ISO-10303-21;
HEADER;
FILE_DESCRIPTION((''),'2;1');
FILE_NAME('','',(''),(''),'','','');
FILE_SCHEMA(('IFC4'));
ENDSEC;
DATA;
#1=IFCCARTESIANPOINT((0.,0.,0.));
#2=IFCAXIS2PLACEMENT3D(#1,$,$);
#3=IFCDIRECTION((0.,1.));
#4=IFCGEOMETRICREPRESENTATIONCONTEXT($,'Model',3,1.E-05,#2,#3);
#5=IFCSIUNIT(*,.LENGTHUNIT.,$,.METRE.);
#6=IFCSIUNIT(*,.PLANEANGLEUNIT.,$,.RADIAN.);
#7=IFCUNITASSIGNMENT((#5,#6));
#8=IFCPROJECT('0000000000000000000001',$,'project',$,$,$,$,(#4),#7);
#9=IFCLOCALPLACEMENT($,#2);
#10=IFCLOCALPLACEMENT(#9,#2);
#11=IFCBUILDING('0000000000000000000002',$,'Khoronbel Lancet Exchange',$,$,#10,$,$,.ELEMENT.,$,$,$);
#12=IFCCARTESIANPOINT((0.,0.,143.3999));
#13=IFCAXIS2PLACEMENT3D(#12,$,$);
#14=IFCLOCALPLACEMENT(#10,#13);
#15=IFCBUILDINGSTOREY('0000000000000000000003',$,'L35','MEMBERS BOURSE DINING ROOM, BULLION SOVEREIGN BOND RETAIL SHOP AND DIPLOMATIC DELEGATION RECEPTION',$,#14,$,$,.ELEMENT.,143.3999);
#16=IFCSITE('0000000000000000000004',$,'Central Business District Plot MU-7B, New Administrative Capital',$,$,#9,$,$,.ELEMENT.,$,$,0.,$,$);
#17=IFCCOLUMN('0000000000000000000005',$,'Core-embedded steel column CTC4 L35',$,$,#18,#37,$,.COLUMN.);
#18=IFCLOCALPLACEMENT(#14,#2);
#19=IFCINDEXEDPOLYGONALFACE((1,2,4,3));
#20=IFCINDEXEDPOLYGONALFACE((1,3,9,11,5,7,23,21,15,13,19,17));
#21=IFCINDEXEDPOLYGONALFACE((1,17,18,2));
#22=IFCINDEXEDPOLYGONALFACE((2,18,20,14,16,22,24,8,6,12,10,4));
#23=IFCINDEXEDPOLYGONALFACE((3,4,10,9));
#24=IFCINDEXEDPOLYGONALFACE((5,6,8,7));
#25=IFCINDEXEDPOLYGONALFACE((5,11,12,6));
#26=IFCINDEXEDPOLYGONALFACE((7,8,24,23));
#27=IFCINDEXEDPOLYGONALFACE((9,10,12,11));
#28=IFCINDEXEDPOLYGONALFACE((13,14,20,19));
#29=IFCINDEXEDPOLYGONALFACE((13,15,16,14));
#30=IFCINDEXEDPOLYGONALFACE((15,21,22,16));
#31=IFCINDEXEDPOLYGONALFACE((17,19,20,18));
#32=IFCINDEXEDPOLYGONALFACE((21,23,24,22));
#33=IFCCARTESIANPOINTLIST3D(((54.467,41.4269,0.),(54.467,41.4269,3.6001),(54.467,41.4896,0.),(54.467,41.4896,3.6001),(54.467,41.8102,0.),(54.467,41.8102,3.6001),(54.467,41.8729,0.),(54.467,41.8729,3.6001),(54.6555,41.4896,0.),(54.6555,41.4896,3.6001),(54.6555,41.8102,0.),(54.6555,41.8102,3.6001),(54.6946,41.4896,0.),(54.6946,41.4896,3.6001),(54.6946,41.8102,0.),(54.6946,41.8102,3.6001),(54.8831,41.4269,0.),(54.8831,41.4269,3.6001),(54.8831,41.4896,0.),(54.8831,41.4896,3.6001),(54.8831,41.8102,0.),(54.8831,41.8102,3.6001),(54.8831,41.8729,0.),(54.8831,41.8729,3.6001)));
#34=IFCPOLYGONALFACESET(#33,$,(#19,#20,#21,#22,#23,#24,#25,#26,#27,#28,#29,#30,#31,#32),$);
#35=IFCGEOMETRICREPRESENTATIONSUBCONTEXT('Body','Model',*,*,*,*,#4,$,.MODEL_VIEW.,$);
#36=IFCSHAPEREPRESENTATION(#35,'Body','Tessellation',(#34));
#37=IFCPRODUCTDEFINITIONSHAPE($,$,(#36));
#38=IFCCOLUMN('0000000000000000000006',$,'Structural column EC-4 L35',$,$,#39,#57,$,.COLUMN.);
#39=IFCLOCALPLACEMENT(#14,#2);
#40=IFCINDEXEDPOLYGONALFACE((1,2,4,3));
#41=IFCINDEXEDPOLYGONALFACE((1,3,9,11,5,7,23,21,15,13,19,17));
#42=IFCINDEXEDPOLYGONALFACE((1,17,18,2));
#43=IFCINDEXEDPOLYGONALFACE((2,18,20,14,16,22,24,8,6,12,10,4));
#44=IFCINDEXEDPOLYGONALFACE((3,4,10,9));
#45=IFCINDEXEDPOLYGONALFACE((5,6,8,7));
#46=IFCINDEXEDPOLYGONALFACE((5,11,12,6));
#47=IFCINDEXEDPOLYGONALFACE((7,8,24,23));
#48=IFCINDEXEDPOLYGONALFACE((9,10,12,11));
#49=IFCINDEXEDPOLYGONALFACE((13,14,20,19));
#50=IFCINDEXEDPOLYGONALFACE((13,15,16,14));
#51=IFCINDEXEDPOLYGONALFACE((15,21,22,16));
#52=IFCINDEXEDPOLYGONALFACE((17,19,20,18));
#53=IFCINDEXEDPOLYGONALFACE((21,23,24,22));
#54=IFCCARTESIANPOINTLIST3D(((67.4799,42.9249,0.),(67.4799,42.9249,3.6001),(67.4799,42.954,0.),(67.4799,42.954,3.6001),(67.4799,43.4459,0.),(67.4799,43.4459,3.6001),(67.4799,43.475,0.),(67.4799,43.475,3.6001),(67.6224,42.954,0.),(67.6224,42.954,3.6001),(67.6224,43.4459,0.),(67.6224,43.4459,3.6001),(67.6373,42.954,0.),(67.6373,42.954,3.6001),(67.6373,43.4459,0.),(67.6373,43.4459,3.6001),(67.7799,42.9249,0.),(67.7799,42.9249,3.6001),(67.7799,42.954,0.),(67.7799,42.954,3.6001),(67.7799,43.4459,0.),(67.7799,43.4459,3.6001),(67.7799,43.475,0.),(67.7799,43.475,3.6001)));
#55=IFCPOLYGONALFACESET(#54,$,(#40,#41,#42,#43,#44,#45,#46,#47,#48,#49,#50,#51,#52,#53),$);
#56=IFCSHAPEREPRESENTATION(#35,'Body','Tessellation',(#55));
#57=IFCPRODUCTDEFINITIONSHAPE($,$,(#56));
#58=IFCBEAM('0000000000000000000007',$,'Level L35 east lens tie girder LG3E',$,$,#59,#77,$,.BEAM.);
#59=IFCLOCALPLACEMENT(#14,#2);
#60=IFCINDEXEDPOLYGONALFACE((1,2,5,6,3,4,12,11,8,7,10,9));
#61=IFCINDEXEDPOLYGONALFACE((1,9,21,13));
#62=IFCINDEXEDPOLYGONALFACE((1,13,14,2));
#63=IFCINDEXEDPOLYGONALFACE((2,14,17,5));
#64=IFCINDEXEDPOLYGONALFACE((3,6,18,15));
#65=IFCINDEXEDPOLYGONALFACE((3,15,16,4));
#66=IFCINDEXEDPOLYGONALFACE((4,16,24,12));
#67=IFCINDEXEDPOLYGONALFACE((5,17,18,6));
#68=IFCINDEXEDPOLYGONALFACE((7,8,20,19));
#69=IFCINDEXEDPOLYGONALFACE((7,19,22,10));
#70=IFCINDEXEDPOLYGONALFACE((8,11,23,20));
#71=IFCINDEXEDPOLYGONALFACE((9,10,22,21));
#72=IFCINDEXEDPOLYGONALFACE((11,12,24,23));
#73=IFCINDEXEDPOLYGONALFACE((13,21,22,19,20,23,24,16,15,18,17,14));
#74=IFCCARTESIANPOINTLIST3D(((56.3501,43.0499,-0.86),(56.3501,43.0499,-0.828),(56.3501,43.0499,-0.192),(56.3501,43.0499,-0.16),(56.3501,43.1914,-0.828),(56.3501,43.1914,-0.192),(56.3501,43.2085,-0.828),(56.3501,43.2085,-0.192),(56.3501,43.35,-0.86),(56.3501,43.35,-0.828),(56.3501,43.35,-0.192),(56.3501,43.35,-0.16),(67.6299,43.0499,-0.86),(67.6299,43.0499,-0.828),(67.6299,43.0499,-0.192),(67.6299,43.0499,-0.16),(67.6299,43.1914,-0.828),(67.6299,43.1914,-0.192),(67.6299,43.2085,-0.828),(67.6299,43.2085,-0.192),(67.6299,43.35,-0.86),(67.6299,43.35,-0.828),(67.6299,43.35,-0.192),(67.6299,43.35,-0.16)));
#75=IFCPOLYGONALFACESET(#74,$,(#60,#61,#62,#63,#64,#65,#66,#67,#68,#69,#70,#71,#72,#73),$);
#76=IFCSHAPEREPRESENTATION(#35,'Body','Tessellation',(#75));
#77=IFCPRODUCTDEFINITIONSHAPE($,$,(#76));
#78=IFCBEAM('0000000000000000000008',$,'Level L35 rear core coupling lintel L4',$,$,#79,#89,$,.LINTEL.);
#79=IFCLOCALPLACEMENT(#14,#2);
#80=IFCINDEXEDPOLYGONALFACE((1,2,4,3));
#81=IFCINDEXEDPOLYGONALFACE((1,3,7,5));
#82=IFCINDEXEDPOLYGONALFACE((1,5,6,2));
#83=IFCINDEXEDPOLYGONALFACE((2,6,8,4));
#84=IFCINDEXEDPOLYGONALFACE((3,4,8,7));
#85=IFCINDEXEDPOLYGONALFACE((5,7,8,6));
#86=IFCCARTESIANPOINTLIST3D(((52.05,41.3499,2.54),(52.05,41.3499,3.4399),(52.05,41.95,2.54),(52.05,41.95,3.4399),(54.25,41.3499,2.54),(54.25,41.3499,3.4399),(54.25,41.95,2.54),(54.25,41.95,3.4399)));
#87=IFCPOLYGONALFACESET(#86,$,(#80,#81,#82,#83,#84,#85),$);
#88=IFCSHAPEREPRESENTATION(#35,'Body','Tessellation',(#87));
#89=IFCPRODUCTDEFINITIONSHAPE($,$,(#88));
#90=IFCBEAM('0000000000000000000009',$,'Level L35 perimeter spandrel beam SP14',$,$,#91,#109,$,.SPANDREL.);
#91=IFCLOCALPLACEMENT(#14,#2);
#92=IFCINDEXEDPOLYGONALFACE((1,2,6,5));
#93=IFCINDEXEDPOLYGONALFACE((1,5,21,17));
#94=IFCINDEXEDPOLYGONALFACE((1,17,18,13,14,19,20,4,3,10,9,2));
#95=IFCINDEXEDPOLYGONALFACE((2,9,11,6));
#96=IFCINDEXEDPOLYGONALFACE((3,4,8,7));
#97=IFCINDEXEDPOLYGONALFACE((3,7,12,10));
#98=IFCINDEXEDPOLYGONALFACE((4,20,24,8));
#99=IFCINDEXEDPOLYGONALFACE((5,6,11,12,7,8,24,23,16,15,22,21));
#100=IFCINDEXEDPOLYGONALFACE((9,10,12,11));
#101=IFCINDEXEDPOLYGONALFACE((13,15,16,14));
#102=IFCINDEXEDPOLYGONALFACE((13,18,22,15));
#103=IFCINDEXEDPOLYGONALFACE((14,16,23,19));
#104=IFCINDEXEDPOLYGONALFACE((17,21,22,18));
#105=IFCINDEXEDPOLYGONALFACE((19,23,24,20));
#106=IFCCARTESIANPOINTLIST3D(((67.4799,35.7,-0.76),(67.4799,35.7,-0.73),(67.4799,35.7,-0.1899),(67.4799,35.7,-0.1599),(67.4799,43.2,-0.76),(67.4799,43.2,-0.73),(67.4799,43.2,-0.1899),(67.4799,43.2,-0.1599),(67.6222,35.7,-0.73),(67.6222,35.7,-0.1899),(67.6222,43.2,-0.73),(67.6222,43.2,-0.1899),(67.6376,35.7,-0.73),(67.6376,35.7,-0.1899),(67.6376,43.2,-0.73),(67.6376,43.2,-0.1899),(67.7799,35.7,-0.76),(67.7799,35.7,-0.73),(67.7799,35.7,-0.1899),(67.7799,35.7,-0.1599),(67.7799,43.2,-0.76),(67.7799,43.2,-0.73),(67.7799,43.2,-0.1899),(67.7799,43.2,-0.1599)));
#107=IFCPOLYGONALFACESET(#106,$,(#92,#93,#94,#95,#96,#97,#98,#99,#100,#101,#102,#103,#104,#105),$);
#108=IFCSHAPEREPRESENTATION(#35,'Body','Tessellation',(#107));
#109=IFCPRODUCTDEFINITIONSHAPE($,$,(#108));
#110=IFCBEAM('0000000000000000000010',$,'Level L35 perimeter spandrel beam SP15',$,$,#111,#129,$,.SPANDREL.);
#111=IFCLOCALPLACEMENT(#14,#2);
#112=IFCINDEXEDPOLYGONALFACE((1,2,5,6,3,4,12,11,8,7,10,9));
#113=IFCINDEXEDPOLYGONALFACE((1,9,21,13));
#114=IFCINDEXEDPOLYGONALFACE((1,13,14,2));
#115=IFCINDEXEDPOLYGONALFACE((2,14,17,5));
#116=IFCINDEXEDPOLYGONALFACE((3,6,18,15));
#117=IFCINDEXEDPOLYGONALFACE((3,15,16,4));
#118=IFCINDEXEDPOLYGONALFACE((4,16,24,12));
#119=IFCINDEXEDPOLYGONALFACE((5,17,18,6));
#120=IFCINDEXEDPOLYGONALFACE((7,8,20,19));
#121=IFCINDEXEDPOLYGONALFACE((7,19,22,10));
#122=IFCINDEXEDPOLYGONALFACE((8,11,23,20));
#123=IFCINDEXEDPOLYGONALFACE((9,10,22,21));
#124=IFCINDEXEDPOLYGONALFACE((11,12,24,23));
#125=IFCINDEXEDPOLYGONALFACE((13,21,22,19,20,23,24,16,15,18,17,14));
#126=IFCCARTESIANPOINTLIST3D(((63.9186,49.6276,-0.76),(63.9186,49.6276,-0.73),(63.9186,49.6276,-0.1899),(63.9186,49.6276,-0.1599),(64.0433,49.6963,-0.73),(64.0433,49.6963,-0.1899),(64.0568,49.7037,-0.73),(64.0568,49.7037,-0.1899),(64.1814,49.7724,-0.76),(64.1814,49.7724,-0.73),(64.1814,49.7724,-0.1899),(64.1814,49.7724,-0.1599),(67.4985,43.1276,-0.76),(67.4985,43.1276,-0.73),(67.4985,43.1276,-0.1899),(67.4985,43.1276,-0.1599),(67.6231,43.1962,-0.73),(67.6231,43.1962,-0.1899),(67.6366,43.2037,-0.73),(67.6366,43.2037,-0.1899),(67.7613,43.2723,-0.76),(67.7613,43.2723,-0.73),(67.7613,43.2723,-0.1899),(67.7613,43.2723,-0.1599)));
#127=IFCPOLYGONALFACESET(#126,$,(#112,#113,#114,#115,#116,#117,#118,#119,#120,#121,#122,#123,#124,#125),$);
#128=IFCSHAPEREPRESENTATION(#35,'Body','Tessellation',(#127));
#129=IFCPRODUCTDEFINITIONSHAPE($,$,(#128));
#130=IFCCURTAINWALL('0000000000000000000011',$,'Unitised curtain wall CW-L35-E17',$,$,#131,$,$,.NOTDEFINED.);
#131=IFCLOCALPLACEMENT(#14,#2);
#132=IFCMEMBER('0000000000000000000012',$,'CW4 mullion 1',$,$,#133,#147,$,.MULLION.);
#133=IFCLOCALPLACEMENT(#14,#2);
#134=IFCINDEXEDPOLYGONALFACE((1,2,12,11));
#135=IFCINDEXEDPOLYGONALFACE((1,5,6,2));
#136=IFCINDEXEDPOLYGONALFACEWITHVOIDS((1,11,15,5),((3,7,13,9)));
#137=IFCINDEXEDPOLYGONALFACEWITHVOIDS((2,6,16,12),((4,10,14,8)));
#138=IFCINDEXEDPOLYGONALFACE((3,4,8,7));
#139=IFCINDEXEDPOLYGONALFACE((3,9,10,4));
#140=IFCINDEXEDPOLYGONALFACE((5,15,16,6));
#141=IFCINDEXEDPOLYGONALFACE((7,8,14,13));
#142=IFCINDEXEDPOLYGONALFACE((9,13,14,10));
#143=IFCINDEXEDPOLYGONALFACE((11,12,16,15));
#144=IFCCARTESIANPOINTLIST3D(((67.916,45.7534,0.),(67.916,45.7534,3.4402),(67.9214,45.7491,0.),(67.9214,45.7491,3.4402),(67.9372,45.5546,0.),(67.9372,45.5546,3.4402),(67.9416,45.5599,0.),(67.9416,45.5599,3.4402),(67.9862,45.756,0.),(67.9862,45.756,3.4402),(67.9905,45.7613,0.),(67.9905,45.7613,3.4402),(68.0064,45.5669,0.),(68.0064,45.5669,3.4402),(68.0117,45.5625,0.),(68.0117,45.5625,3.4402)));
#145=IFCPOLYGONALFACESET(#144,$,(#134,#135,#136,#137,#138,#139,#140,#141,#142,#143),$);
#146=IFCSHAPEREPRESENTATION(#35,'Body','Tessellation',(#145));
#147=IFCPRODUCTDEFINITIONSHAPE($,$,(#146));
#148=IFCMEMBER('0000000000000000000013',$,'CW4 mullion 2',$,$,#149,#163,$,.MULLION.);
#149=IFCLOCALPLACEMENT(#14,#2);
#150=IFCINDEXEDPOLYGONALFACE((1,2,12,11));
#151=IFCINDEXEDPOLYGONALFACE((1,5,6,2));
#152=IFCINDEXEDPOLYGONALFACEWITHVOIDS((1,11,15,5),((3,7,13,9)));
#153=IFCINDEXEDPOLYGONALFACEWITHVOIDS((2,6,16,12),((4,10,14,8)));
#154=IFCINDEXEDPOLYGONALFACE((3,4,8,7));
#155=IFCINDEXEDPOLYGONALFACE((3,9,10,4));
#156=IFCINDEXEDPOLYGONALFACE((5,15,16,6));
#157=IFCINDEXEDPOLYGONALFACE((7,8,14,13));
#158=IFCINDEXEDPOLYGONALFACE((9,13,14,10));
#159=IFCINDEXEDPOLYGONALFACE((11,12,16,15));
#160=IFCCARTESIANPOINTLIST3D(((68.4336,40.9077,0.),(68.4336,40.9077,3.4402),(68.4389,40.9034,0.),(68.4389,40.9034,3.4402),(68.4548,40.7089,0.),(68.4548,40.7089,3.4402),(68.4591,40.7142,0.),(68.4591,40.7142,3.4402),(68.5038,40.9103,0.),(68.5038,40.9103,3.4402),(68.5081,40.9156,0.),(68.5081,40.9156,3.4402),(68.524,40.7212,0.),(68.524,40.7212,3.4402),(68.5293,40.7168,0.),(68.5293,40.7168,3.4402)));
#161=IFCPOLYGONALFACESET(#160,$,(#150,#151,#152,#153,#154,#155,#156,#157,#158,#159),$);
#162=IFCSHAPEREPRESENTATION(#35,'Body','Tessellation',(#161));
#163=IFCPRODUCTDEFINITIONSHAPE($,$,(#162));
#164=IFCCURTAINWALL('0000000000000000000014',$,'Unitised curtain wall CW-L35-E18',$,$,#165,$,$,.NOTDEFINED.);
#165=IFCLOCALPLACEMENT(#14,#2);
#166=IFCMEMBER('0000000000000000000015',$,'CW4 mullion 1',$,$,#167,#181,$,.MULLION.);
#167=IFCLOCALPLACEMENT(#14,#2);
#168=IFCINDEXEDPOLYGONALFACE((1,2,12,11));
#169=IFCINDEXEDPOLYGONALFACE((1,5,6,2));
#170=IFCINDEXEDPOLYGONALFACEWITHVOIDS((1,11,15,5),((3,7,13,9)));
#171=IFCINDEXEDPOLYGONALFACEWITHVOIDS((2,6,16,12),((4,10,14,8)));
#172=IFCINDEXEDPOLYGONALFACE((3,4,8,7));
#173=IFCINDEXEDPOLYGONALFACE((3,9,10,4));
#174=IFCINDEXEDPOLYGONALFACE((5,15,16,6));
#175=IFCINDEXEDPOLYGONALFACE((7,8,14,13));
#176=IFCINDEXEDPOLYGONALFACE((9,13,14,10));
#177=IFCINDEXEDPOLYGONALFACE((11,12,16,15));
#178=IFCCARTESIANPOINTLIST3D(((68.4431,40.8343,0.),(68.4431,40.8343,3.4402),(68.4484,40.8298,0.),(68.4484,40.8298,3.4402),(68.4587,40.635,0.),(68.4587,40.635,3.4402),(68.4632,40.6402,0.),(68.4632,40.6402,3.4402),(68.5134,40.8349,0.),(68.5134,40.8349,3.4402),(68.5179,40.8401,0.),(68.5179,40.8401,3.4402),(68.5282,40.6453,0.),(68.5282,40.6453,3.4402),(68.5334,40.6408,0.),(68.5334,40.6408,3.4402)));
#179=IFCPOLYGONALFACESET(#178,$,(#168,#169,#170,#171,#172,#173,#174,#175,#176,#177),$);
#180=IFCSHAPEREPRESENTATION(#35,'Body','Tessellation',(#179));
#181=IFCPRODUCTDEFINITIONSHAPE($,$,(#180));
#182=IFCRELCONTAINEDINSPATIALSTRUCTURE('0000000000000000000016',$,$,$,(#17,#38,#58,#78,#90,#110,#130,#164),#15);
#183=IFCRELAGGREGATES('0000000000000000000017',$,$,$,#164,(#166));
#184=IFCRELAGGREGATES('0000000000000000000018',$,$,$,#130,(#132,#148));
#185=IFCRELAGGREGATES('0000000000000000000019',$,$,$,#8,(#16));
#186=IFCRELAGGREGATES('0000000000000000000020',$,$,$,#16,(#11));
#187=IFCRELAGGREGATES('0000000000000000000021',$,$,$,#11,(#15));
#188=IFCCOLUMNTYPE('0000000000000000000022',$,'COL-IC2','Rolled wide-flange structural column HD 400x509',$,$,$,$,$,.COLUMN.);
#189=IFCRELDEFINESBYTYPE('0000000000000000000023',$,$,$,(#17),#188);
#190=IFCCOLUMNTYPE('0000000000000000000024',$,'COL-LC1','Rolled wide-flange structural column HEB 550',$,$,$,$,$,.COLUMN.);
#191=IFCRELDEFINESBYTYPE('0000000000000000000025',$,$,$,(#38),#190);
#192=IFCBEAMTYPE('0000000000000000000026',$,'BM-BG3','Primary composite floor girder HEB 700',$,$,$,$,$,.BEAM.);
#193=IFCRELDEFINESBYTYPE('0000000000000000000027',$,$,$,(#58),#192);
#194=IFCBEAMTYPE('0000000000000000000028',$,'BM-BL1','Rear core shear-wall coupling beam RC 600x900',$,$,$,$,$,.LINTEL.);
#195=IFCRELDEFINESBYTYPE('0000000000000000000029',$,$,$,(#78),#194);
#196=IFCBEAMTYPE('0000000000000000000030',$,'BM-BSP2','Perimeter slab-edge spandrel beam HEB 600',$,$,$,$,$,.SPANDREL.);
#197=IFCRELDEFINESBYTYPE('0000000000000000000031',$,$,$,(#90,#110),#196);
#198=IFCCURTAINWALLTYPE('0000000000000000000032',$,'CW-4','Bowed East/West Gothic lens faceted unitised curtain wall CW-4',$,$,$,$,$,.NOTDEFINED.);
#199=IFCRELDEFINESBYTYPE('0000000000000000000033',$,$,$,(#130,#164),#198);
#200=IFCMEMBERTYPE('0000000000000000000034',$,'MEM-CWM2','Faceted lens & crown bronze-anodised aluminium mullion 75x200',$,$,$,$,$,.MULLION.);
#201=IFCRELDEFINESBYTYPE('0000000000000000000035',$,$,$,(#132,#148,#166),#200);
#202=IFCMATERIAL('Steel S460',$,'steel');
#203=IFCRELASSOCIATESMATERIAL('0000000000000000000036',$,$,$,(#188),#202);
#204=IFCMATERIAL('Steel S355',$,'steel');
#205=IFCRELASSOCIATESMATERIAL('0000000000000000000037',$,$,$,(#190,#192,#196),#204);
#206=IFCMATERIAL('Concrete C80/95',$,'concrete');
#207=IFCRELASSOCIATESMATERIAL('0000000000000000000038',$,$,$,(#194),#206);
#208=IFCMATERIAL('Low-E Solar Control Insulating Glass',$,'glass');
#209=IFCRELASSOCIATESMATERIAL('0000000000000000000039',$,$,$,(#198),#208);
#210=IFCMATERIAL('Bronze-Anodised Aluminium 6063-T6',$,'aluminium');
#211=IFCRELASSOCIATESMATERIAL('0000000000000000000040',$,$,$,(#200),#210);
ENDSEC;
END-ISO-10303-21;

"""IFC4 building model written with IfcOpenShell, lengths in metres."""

from ifc_helpers import new_model, si_unit, direction, frame, origin, origin_2d, place, context, subcontext, project, spatial, rectangle, hollow_rectangle, i_section, extrude, material, material_profile, profile_set, type_object, element, aggregate, save


model = new_model("IFC4")

# Units and contexts
model_context = context("Model", 3, precision=1e-05, world=origin(), true_north=direction((0.0, 1.0)))
body_context = subcontext(model_context, "Body", "Model", "MODEL_VIEW")
ifc_project = project(units=[si_unit("LENGTHUNIT", "METRE"), si_unit("PLANEANGLEUNIT", "RADIAN")], contexts=[model_context])

# Site, building, storey
site_placement = place(None, origin())
site = spatial("IfcSite", under=ifc_project, at=site_placement, Name="Central Business District Plot MU-7B, New Administrative Capital", CompositionType="ELEMENT", RefElevation=0.0)
building_placement = place(site_placement, origin())
building = spatial("IfcBuilding", under=site, at=building_placement, Name="Khoronbel Lancet Exchange", CompositionType="ELEMENT")
storey_placement = place(building_placement, frame((0.0, 0.0, 143.3999)))
storey = spatial("IfcBuildingStorey", under=building, at=storey_placement, Name="L35", Description="MEMBERS BOURSE DINING ROOM, BULLION SOVEREIGN BOND RETAIL SHOP AND DIPLOMATIC DELEGATION RECEPTION", CompositionType="ELEMENT", Elevation=143.3999)

# Columns
ifc_material_1 = material(Name="Steel S460", Category="steel")
ifc_material_profile_1 = material_profile(ifc_material_1, i_section(OverallWidth=0.416, OverallDepth=0.446, WebThickness=0.0391, FlangeThickness=0.0627, at=origin_2d()), Name="HD 400x509")
ifc_profile_set_1 = profile_set([ifc_material_profile_1], Name="Steel S460")
column_type_1 = type_object("IfcColumnType", Name="COL-IC2", Description="Rolled wide-flange structural column HD 400x509", PredefinedType="COLUMN", material=ifc_profile_set_1)
column_1_placement = place(storey_placement, frame((54.675, 41.6499, 0.0), z_axis=(0.0, 0.0, 1.0), x_axis=(1.0, 0.0, 0.0)))
element("IfcColumn", 1, at=column_1_placement, inside=storey, type_object=column_type_1, Name="Core-embedded steel column CTC4 L35", PredefinedType="COLUMN", context=body_context, shape_type="SweptSolid", body=[
    extrude(i_section(OverallWidth=0.416, OverallDepth=0.446, WebThickness=0.0391, FlangeThickness=0.0627, at=origin_2d()), origin(), (0.0, 0.0, 1.0), 3.6001),
])
ifc_material_2 = material(Name="Steel S355", Category="steel")
ifc_material_profile_2 = material_profile(ifc_material_2, i_section(OverallWidth=0.3, OverallDepth=0.55, WebThickness=0.0149, FlangeThickness=0.0291, at=origin_2d()), Name="HEB 550")
ifc_profile_set_2 = profile_set([ifc_material_profile_2], Name="Steel S355")
column_type_2 = type_object("IfcColumnType", Name="COL-LC1", Description="Rolled wide-flange structural column HEB 550", PredefinedType="COLUMN", material=ifc_profile_set_2)
column_2_placement = place(storey_placement, frame((67.6299, 43.2, 0.0), z_axis=(0.0, 0.0, 1.0), x_axis=(1.0, 0.0, 0.0)))
element("IfcColumn", 2, at=column_2_placement, inside=storey, type_object=column_type_2, Name="Structural column EC-4 L35", PredefinedType="COLUMN", context=body_context, shape_type="SweptSolid", body=[
    extrude(i_section(OverallWidth=0.3, OverallDepth=0.55, WebThickness=0.0149, FlangeThickness=0.0291, at=origin_2d()), origin(), (0.0, 0.0, 1.0), 3.6001),
])

# Beams
ifc_material_profile_3 = material_profile(ifc_material_2, i_section(OverallWidth=0.3, OverallDepth=0.7, WebThickness=0.0171, FlangeThickness=0.032, at=origin_2d()), Name="HEB 700")
ifc_profile_set_3 = profile_set([ifc_material_profile_3], Name="Steel S355")
beam_type_1 = type_object("IfcBeamType", Name="BM-BG3", Description="Primary composite floor girder HEB 700", PredefinedType="BEAM", material=ifc_profile_set_3)
beam_1_placement = place(storey_placement, frame((56.3501, 43.2, -0.51), z_axis=(1.0, 0.0, 0.0), x_axis=(0.0, 1.0, 0.0)))
element("IfcBeam", 3, at=beam_1_placement, inside=storey, type_object=beam_type_1, Name="Level L35 east lens tie girder LG3E", PredefinedType="BEAM", context=body_context, shape_type="SweptSolid", body=[
    extrude(i_section(OverallWidth=0.3, OverallDepth=0.7, WebThickness=0.0171, FlangeThickness=0.032, at=origin_2d()), origin(), (0.0, 0.0, 1.0), 11.2798),
])
ifc_material_3 = material(Name="Concrete C80/95", Category="concrete")
ifc_material_profile_4 = material_profile(ifc_material_3, rectangle(XDim=0.6001, YDim=0.8999, at=origin_2d()), Name="RC 600x900")
ifc_profile_set_4 = profile_set([ifc_material_profile_4], Name="Concrete C80/95")
beam_type_2 = type_object("IfcBeamType", Name="BM-BL1", Description="Rear core shear-wall coupling beam RC 600x900", PredefinedType="LINTEL", material=ifc_profile_set_4)
beam_2_placement = place(storey_placement, frame((52.05, 41.6499, 2.99), z_axis=(1.0, 0.0, 0.0), x_axis=(0.0, 1.0, 0.0)))
element("IfcBeam", 4, at=beam_2_placement, inside=storey, type_object=beam_type_2, Name="Level L35 rear core coupling lintel L4", PredefinedType="LINTEL", context=body_context, shape_type="SweptSolid", body=[
    extrude(rectangle(XDim=0.6001, YDim=0.8999, at=origin_2d()), origin(), (0.0, 0.0, 1.0), 2.2),
])
ifc_material_profile_5 = material_profile(ifc_material_2, i_section(OverallWidth=0.3, OverallDepth=0.6001, WebThickness=0.0154, FlangeThickness=0.03, at=origin_2d()), Name="HEB 600")
ifc_profile_set_5 = profile_set([ifc_material_profile_5], Name="Steel S355")
beam_type_3 = type_object("IfcBeamType", Name="BM-BSP2", Description="Perimeter slab-edge spandrel beam HEB 600", PredefinedType="SPANDREL", material=ifc_profile_set_5)
beam_3_placement = place(storey_placement, frame((67.6299, 35.7, -0.46), z_axis=(0.0, 1.0, 0.0), x_axis=(-1.0, 0.0, 0.0)))
element("IfcBeam", 5, at=beam_3_placement, inside=storey, type_object=beam_type_3, Name="Level L35 perimeter spandrel beam SP14", PredefinedType="SPANDREL", context=body_context, shape_type="SweptSolid", body=[
    extrude(i_section(OverallWidth=0.3, OverallDepth=0.6001, WebThickness=0.0154, FlangeThickness=0.03, at=origin_2d()), origin(), (0.0, 0.0, 1.0), 7.5),
])
beam_4_placement = place(storey_placement, frame((67.6299, 43.2, -0.46), z_axis=(-0.482419, 0.875941, 0.0), x_axis=(-0.875941, -0.482419, 0.0)))
element("IfcBeam", 6, at=beam_4_placement, inside=storey, type_object=beam_type_3, Name="Level L35 perimeter spandrel beam SP15", PredefinedType="SPANDREL", context=body_context, shape_type="SweptSolid", body=[
    extrude(i_section(OverallWidth=0.3, OverallDepth=0.6001, WebThickness=0.0154, FlangeThickness=0.03, at=origin_2d()), origin(), (0.0, 0.0, 1.0), 7.4207),
])

# Curtain walls, members
ifc_material_4 = material(Name="Low-E Solar Control Insulating Glass", Category="glass")
curtain_wall_type = type_object("IfcCurtainWallType", Name="CW-4", Description="Bowed East/West Gothic lens faceted unitised curtain wall CW-4", PredefinedType="NOTDEFINED", material=ifc_material_4)
curtain_wall_1_placement = place(storey_placement, origin())
curtain_wall_1 = element("IfcCurtainWall", 7, at=curtain_wall_1_placement, inside=storey, type_object=curtain_wall_type, Name="Unitised curtain wall CW-L35-E17", PredefinedType="NOTDEFINED")
ifc_material_5 = material(Name="Bronze-Anodised Aluminium 6063-T6", Category="aluminium")
ifc_material_profile_6 = material_profile(ifc_material_5, hollow_rectangle(XDim=0.075, YDim=0.2, WallThickness=0.0049, at=origin_2d()), Name="ALU MULLION 75x200")
ifc_profile_set_6 = profile_set([ifc_material_profile_6], Name="Bronze-Anodised Aluminium 6063-T6")
member_type_1 = type_object("IfcMemberType", Name="MEM-CWM2", Description="Faceted lens & crown bronze-anodised aluminium mullion 75x200", PredefinedType="MULLION", material=ifc_profile_set_6)
member_1_placement = place(storey_placement, frame((67.9639, 45.658, 0.0), z_axis=(0.0, 0.0, 1.0), x_axis=(0.994347, 0.106181, 0.0)))
member_1 = element("IfcMember", 8, at=member_1_placement, type_object=member_type_1, Name="CW4 mullion 1", PredefinedType="MULLION", context=body_context, shape_type="SweptSolid", body=[
    extrude(hollow_rectangle(XDim=0.075, YDim=0.2, WallThickness=0.0049, at=origin_2d()), origin(), (0.0, 0.0, 1.0), 3.4402),
])
member_2_placement = place(storey_placement, frame((68.4814, 40.8123, 0.0), z_axis=(0.0, 0.0, 1.0), x_axis=(0.994347, 0.106181, 0.0)))
member_2 = element("IfcMember", 9, at=member_2_placement, type_object=member_type_1, Name="CW4 mullion 2", PredefinedType="MULLION", context=body_context, shape_type="SweptSolid", body=[
    extrude(hollow_rectangle(XDim=0.075, YDim=0.2, WallThickness=0.0049, at=origin_2d()), origin(), (0.0, 0.0, 1.0), 3.4402),
])
curtain_wall_2_placement = place(storey_placement, origin())
curtain_wall_2 = element("IfcCurtainWall", 10, at=curtain_wall_2_placement, inside=storey, type_object=curtain_wall_type, Name="Unitised curtain wall CW-L35-E18", PredefinedType="NOTDEFINED")
member_3_placement = place(storey_placement, frame((68.4883, 40.7375, 0.0), z_axis=(0.0, 0.0, 1.0), x_axis=(0.99696, 0.077921, 0.0)))
member_3 = element("IfcMember", 11, at=member_3_placement, type_object=member_type_1, Name="CW4 mullion 1", PredefinedType="MULLION", context=body_context, shape_type="SweptSolid", body=[
    extrude(hollow_rectangle(XDim=0.075, YDim=0.2, WallThickness=0.0049, at=origin_2d()), origin(), (0.0, 0.0, 1.0), 3.4402),
])

aggregate(curtain_wall_2, [member_3])
aggregate(curtain_wall_1, [member_1, member_2])

save(model, "model.ifc")
